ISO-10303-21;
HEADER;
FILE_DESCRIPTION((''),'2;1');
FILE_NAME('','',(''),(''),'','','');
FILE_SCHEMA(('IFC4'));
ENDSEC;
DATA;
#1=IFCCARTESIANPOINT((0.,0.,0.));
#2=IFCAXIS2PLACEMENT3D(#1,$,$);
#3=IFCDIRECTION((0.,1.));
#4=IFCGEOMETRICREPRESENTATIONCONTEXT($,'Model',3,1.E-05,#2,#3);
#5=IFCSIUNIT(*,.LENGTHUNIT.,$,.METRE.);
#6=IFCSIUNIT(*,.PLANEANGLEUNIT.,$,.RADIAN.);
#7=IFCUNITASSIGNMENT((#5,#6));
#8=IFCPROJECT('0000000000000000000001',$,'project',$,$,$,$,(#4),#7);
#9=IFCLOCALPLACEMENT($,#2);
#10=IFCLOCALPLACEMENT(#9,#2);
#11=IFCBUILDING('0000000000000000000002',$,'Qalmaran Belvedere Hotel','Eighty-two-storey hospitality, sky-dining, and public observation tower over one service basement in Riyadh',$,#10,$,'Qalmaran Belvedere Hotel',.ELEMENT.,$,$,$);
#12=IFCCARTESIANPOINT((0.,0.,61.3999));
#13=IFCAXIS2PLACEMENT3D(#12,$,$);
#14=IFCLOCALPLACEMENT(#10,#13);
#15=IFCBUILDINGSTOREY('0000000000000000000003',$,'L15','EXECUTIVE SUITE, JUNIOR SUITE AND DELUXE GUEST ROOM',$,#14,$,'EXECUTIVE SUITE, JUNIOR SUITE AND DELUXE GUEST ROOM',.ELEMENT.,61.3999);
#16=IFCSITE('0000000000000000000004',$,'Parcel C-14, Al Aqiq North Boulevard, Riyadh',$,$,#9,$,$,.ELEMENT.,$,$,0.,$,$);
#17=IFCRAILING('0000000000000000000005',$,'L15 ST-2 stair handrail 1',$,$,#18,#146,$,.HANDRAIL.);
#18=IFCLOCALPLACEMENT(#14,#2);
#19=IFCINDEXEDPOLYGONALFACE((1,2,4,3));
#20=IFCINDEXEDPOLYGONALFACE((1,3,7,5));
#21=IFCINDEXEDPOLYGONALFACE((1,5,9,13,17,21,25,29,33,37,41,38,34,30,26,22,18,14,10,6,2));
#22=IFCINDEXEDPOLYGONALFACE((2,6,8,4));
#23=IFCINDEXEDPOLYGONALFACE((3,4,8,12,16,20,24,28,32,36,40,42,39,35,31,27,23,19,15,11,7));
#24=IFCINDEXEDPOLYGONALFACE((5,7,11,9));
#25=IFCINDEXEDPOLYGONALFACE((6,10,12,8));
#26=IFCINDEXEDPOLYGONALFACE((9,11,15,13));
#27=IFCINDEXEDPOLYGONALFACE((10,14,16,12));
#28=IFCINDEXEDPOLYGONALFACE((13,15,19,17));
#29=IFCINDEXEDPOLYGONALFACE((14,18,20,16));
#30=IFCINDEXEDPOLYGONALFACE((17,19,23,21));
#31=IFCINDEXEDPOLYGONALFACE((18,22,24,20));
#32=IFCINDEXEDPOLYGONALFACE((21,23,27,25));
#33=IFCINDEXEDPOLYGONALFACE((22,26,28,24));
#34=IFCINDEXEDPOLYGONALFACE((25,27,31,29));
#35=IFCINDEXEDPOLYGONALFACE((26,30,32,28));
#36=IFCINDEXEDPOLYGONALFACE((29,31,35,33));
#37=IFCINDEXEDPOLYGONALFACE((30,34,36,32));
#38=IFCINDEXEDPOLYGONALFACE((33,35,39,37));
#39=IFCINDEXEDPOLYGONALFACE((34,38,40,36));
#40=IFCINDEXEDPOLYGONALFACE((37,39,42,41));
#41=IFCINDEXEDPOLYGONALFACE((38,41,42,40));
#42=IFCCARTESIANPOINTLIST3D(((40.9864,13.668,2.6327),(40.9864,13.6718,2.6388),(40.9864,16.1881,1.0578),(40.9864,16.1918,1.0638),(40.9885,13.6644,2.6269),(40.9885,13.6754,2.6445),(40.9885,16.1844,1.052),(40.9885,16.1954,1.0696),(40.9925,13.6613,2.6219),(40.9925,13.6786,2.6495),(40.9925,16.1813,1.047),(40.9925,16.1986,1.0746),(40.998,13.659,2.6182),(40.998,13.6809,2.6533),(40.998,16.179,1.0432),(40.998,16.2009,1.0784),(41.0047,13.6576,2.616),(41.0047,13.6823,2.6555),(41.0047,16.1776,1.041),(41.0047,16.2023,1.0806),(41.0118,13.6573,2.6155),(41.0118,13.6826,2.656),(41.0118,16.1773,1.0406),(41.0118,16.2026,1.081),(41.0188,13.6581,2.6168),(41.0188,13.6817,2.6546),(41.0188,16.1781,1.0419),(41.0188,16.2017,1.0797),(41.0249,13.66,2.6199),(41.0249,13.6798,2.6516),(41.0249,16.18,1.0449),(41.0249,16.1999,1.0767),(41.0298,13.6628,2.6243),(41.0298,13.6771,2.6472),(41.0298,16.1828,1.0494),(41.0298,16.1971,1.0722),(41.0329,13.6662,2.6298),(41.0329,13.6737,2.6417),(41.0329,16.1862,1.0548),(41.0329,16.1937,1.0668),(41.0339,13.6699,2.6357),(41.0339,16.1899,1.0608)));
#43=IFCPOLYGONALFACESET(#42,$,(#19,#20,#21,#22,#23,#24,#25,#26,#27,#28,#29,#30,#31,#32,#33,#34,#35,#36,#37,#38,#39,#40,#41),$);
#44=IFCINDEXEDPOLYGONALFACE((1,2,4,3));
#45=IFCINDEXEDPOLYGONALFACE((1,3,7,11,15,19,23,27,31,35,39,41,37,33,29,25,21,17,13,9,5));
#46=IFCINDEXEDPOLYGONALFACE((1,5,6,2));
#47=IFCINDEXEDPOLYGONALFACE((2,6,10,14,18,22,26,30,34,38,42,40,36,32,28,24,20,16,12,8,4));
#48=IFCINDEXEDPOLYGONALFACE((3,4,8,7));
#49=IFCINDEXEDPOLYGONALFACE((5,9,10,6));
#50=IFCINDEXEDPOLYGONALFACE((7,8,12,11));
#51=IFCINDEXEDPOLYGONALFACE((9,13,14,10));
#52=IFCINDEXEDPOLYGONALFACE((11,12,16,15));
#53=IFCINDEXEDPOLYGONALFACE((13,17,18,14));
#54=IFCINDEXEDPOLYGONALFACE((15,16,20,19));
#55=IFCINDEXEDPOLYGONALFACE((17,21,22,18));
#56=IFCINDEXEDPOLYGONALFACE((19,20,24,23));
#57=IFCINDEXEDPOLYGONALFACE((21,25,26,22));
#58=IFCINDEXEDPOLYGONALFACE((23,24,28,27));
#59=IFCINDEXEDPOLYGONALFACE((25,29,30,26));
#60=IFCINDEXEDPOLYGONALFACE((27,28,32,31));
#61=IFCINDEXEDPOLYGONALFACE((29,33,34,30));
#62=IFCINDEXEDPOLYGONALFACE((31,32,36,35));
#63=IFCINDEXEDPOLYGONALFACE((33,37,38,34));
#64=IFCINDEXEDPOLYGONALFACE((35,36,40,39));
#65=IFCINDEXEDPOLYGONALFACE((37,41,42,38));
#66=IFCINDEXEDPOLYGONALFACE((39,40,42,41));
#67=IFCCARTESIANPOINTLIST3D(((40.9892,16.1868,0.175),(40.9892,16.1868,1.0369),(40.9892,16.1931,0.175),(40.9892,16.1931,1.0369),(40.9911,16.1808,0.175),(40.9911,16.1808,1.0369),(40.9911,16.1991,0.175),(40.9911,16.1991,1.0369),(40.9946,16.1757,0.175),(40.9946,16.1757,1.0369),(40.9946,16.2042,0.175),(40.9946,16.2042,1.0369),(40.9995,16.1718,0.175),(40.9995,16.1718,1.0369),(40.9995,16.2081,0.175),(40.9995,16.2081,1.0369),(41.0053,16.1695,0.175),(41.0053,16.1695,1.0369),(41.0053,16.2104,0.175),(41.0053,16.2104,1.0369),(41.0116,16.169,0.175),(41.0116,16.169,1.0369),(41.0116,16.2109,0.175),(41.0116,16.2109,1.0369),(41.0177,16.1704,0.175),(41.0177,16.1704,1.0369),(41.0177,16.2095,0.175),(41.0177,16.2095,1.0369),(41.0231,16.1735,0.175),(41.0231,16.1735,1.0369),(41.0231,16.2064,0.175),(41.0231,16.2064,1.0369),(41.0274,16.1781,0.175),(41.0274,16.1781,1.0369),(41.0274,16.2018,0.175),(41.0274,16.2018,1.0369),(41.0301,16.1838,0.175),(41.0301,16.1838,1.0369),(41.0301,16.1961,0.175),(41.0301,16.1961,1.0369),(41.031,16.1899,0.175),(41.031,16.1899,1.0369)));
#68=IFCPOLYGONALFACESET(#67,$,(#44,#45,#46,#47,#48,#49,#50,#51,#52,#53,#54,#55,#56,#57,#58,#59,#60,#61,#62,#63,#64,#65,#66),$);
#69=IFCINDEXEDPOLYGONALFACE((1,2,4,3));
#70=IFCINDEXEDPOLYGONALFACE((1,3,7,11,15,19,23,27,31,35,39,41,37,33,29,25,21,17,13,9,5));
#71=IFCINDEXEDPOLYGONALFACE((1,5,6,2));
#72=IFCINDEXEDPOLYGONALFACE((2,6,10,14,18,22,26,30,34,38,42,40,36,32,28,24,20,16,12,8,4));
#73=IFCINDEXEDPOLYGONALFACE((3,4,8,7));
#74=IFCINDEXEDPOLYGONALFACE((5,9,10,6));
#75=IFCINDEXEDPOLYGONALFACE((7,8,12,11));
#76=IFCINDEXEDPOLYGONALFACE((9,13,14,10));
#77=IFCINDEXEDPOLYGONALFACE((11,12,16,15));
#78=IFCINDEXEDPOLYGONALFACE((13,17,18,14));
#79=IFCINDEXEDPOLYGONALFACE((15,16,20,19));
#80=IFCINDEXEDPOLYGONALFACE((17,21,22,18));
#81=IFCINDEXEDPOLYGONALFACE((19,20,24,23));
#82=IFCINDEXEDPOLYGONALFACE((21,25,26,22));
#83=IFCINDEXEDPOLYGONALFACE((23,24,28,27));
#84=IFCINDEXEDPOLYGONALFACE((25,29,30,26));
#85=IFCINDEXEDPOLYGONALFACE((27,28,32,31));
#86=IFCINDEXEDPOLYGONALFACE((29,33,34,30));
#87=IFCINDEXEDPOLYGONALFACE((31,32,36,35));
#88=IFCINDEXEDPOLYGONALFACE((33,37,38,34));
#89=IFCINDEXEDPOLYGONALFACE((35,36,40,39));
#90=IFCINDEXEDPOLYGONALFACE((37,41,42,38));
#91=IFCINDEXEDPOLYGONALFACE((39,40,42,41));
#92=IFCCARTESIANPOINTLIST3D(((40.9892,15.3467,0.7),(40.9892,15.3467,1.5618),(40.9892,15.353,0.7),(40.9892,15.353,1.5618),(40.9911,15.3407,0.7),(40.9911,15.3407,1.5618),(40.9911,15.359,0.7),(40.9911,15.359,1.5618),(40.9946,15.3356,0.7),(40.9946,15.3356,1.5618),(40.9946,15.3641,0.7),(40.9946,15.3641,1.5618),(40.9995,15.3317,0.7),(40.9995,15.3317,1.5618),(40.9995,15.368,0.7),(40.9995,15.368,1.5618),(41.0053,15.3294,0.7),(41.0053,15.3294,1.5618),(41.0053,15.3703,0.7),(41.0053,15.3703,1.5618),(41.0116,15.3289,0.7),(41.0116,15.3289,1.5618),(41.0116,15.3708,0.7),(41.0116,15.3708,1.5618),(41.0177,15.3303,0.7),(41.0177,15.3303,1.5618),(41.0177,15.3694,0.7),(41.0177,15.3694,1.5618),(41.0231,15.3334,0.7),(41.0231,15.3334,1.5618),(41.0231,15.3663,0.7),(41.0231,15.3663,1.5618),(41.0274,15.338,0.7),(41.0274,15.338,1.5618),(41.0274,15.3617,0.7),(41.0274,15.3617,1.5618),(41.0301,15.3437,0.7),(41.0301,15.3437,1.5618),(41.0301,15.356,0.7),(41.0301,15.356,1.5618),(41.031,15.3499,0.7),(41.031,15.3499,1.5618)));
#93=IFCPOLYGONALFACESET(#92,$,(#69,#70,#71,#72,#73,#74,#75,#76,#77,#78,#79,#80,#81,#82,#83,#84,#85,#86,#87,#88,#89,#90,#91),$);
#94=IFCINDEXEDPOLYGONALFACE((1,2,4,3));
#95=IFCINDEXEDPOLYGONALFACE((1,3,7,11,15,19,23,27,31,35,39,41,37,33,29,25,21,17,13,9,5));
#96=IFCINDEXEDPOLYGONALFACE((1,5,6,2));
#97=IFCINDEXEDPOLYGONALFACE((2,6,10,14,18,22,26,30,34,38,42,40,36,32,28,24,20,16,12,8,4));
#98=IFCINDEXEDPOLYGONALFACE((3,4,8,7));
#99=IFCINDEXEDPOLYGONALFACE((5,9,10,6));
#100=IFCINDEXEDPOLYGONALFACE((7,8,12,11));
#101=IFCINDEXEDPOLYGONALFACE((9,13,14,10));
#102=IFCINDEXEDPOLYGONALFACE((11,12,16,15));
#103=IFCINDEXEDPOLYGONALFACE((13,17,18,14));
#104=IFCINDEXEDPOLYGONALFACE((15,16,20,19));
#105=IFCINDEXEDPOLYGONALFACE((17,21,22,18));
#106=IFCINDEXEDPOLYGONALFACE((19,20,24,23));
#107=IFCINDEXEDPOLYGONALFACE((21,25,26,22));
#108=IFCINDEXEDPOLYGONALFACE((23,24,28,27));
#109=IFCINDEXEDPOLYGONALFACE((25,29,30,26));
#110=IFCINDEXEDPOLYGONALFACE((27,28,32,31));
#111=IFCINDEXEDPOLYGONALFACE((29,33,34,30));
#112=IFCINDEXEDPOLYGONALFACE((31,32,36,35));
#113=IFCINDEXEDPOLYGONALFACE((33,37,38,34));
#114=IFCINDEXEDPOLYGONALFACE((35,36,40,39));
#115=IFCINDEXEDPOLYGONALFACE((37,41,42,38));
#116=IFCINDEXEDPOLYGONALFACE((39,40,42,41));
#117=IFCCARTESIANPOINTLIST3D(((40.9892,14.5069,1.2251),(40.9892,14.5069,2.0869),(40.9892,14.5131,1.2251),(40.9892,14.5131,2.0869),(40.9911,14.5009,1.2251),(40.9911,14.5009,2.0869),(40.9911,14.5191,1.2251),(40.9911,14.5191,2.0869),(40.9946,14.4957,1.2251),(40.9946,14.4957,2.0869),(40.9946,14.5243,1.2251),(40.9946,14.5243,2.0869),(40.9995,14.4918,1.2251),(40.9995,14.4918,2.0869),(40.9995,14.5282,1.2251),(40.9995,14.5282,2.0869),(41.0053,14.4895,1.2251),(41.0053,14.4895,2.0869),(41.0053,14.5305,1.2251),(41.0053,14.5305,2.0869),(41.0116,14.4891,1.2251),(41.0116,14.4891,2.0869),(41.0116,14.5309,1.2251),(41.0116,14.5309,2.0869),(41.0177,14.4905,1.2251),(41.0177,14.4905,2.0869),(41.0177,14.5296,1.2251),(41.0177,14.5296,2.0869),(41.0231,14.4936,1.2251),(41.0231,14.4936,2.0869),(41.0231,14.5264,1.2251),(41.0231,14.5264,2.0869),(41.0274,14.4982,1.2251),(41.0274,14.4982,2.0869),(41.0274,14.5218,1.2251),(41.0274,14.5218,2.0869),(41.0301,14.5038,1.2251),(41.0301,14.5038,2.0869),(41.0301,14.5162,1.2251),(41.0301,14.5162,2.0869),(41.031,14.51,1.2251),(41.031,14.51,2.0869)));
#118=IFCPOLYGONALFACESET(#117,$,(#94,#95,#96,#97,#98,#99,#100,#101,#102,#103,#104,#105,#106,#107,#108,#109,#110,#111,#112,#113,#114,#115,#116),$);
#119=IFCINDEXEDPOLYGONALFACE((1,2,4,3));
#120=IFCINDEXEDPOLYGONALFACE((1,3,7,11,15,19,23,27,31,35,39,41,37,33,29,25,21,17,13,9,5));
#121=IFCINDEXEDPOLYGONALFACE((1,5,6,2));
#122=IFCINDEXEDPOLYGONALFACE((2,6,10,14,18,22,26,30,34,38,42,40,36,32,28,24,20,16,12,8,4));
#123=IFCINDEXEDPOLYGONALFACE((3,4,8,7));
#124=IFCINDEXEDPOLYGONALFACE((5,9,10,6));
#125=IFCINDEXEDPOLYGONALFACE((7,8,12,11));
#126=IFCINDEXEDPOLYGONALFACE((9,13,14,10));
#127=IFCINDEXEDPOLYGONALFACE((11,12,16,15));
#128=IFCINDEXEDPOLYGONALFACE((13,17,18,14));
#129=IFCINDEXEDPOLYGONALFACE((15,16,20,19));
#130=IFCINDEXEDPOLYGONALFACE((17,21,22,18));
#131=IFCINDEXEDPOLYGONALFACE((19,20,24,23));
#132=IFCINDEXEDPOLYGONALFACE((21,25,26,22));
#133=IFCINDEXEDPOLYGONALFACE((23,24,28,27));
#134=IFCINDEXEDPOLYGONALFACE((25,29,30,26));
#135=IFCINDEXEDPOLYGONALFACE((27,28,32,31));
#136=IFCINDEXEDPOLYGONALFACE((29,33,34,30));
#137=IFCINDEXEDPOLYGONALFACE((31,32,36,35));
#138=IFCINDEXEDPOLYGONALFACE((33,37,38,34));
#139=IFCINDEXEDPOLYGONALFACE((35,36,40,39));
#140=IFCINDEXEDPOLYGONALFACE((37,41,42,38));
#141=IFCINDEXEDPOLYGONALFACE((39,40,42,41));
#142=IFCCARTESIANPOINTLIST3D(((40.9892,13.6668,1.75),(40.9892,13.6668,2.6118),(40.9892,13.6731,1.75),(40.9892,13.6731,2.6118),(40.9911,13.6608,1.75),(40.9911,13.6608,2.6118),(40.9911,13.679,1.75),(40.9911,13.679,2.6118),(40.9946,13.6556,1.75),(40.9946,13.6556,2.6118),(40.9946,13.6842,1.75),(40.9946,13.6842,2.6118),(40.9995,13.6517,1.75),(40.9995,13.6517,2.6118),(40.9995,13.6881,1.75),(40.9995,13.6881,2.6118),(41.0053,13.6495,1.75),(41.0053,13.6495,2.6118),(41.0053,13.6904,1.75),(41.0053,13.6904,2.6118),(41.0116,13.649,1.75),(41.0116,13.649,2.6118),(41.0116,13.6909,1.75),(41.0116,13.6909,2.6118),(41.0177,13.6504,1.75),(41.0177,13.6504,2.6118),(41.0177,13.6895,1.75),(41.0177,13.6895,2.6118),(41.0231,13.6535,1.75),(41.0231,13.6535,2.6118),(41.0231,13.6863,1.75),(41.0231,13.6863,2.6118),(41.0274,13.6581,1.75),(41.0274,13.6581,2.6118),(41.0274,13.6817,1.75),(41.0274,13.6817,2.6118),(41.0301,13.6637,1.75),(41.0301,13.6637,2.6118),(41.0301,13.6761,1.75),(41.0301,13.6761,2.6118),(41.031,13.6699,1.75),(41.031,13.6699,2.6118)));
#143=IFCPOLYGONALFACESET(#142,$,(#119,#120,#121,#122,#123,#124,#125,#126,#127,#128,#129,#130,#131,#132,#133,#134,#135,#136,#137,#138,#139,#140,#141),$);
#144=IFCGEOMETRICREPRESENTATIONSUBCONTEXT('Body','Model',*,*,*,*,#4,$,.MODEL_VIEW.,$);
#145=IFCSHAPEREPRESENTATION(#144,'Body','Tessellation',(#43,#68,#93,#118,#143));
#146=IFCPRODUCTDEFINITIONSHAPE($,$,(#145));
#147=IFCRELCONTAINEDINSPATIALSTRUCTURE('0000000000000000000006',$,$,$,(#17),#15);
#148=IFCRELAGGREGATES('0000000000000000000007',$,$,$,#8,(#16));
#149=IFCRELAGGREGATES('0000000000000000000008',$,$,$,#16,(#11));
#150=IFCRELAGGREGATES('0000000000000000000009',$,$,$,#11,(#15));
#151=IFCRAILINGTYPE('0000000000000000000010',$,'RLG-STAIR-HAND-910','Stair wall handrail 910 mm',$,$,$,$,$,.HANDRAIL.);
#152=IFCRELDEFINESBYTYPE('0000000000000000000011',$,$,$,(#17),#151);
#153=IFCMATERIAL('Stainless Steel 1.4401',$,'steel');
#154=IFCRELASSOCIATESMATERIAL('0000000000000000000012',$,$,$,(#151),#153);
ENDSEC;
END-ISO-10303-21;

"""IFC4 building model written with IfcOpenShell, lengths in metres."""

from ifc_helpers import new_model, si_unit, direction, frame, origin, origin_2d, place, context, subcontext, project, spatial, circle, extrude, material, type_object, element, save


model = new_model("IFC4")

# Units and contexts
model_context = context("Model", 3, precision=1e-05, world=origin(), true_north=direction((0.0, 1.0)))
body_context = subcontext(model_context, "Body", "Model", "MODEL_VIEW")
ifc_project = project(units=[si_unit("LENGTHUNIT", "METRE"), si_unit("PLANEANGLEUNIT", "RADIAN")], contexts=[model_context])

# Site, building, storey
site_placement = place(None, origin())
site = spatial("IfcSite", under=ifc_project, at=site_placement, Name="Parcel C-14, Al Aqiq North Boulevard, Riyadh", CompositionType="ELEMENT", RefElevation=0.0)
building_placement = place(site_placement, origin())
building = spatial("IfcBuilding", under=site, at=building_placement, Name="Qalmaran Belvedere Hotel", Description="Eighty-two-storey hospitality, sky-dining, and public observation tower over one service basement in Riyadh", LongName="Qalmaran Belvedere Hotel", CompositionType="ELEMENT")
storey_placement = place(building_placement, frame((0.0, 0.0, 61.3999)))
storey = spatial("IfcBuildingStorey", under=building, at=storey_placement, Name="L15", Description="EXECUTIVE SUITE, JUNIOR SUITE AND DELUXE GUEST ROOM", LongName="EXECUTIVE SUITE, JUNIOR SUITE AND DELUXE GUEST ROOM", CompositionType="ELEMENT", Elevation=61.3999)

# Shared definitions
ifc_material_1 = material(Name="Stainless Steel 1.4401", Category="steel")

# Railing
railing_type_1 = type_object("IfcRailingType", Name="RLG-STAIR-HAND-910", Description="Stair wall handrail 910 mm", PredefinedType="HANDRAIL", material=ifc_material_1)
railing_1_placement = place(storey_placement, frame((41.01, 16.1899, 0.175)))
element("IfcRailing", 1, at=railing_1_placement, inside=storey, type_object=railing_type_1, Name="L15 ST-2 stair handrail 1", PredefinedType="HANDRAIL", context=body_context, shape_type="SweptSolid", body=[
    extrude(circle(Radius=0.0239, at=origin_2d()), frame((0.0, 0.0, 0.8857), z_axis=(0.0, -0.848008, 0.529984), x_axis=(1.0, 0.0, 0.0)), (0.0, 0.0, 1.0), 2.9717),
    extrude(circle(Radius=0.021, at=origin_2d()), origin(), (0.0, 0.0, 1.0), 0.8618),
    extrude(circle(Radius=0.021, at=origin_2d()), frame((0.0, -0.8401, 0.5249)), (0.0, 0.0, 1.0), 0.8618),
    extrude(circle(Radius=0.021, at=origin_2d()), frame((0.0, -1.6799, 1.05)), (0.0, 0.0, 1.0), 0.8618),
    extrude(circle(Radius=0.021, at=origin_2d()), frame((0.0, -2.52, 1.575)), (0.0, 0.0, 1.0), 0.8618),
])

save(model, "model.ifc")
